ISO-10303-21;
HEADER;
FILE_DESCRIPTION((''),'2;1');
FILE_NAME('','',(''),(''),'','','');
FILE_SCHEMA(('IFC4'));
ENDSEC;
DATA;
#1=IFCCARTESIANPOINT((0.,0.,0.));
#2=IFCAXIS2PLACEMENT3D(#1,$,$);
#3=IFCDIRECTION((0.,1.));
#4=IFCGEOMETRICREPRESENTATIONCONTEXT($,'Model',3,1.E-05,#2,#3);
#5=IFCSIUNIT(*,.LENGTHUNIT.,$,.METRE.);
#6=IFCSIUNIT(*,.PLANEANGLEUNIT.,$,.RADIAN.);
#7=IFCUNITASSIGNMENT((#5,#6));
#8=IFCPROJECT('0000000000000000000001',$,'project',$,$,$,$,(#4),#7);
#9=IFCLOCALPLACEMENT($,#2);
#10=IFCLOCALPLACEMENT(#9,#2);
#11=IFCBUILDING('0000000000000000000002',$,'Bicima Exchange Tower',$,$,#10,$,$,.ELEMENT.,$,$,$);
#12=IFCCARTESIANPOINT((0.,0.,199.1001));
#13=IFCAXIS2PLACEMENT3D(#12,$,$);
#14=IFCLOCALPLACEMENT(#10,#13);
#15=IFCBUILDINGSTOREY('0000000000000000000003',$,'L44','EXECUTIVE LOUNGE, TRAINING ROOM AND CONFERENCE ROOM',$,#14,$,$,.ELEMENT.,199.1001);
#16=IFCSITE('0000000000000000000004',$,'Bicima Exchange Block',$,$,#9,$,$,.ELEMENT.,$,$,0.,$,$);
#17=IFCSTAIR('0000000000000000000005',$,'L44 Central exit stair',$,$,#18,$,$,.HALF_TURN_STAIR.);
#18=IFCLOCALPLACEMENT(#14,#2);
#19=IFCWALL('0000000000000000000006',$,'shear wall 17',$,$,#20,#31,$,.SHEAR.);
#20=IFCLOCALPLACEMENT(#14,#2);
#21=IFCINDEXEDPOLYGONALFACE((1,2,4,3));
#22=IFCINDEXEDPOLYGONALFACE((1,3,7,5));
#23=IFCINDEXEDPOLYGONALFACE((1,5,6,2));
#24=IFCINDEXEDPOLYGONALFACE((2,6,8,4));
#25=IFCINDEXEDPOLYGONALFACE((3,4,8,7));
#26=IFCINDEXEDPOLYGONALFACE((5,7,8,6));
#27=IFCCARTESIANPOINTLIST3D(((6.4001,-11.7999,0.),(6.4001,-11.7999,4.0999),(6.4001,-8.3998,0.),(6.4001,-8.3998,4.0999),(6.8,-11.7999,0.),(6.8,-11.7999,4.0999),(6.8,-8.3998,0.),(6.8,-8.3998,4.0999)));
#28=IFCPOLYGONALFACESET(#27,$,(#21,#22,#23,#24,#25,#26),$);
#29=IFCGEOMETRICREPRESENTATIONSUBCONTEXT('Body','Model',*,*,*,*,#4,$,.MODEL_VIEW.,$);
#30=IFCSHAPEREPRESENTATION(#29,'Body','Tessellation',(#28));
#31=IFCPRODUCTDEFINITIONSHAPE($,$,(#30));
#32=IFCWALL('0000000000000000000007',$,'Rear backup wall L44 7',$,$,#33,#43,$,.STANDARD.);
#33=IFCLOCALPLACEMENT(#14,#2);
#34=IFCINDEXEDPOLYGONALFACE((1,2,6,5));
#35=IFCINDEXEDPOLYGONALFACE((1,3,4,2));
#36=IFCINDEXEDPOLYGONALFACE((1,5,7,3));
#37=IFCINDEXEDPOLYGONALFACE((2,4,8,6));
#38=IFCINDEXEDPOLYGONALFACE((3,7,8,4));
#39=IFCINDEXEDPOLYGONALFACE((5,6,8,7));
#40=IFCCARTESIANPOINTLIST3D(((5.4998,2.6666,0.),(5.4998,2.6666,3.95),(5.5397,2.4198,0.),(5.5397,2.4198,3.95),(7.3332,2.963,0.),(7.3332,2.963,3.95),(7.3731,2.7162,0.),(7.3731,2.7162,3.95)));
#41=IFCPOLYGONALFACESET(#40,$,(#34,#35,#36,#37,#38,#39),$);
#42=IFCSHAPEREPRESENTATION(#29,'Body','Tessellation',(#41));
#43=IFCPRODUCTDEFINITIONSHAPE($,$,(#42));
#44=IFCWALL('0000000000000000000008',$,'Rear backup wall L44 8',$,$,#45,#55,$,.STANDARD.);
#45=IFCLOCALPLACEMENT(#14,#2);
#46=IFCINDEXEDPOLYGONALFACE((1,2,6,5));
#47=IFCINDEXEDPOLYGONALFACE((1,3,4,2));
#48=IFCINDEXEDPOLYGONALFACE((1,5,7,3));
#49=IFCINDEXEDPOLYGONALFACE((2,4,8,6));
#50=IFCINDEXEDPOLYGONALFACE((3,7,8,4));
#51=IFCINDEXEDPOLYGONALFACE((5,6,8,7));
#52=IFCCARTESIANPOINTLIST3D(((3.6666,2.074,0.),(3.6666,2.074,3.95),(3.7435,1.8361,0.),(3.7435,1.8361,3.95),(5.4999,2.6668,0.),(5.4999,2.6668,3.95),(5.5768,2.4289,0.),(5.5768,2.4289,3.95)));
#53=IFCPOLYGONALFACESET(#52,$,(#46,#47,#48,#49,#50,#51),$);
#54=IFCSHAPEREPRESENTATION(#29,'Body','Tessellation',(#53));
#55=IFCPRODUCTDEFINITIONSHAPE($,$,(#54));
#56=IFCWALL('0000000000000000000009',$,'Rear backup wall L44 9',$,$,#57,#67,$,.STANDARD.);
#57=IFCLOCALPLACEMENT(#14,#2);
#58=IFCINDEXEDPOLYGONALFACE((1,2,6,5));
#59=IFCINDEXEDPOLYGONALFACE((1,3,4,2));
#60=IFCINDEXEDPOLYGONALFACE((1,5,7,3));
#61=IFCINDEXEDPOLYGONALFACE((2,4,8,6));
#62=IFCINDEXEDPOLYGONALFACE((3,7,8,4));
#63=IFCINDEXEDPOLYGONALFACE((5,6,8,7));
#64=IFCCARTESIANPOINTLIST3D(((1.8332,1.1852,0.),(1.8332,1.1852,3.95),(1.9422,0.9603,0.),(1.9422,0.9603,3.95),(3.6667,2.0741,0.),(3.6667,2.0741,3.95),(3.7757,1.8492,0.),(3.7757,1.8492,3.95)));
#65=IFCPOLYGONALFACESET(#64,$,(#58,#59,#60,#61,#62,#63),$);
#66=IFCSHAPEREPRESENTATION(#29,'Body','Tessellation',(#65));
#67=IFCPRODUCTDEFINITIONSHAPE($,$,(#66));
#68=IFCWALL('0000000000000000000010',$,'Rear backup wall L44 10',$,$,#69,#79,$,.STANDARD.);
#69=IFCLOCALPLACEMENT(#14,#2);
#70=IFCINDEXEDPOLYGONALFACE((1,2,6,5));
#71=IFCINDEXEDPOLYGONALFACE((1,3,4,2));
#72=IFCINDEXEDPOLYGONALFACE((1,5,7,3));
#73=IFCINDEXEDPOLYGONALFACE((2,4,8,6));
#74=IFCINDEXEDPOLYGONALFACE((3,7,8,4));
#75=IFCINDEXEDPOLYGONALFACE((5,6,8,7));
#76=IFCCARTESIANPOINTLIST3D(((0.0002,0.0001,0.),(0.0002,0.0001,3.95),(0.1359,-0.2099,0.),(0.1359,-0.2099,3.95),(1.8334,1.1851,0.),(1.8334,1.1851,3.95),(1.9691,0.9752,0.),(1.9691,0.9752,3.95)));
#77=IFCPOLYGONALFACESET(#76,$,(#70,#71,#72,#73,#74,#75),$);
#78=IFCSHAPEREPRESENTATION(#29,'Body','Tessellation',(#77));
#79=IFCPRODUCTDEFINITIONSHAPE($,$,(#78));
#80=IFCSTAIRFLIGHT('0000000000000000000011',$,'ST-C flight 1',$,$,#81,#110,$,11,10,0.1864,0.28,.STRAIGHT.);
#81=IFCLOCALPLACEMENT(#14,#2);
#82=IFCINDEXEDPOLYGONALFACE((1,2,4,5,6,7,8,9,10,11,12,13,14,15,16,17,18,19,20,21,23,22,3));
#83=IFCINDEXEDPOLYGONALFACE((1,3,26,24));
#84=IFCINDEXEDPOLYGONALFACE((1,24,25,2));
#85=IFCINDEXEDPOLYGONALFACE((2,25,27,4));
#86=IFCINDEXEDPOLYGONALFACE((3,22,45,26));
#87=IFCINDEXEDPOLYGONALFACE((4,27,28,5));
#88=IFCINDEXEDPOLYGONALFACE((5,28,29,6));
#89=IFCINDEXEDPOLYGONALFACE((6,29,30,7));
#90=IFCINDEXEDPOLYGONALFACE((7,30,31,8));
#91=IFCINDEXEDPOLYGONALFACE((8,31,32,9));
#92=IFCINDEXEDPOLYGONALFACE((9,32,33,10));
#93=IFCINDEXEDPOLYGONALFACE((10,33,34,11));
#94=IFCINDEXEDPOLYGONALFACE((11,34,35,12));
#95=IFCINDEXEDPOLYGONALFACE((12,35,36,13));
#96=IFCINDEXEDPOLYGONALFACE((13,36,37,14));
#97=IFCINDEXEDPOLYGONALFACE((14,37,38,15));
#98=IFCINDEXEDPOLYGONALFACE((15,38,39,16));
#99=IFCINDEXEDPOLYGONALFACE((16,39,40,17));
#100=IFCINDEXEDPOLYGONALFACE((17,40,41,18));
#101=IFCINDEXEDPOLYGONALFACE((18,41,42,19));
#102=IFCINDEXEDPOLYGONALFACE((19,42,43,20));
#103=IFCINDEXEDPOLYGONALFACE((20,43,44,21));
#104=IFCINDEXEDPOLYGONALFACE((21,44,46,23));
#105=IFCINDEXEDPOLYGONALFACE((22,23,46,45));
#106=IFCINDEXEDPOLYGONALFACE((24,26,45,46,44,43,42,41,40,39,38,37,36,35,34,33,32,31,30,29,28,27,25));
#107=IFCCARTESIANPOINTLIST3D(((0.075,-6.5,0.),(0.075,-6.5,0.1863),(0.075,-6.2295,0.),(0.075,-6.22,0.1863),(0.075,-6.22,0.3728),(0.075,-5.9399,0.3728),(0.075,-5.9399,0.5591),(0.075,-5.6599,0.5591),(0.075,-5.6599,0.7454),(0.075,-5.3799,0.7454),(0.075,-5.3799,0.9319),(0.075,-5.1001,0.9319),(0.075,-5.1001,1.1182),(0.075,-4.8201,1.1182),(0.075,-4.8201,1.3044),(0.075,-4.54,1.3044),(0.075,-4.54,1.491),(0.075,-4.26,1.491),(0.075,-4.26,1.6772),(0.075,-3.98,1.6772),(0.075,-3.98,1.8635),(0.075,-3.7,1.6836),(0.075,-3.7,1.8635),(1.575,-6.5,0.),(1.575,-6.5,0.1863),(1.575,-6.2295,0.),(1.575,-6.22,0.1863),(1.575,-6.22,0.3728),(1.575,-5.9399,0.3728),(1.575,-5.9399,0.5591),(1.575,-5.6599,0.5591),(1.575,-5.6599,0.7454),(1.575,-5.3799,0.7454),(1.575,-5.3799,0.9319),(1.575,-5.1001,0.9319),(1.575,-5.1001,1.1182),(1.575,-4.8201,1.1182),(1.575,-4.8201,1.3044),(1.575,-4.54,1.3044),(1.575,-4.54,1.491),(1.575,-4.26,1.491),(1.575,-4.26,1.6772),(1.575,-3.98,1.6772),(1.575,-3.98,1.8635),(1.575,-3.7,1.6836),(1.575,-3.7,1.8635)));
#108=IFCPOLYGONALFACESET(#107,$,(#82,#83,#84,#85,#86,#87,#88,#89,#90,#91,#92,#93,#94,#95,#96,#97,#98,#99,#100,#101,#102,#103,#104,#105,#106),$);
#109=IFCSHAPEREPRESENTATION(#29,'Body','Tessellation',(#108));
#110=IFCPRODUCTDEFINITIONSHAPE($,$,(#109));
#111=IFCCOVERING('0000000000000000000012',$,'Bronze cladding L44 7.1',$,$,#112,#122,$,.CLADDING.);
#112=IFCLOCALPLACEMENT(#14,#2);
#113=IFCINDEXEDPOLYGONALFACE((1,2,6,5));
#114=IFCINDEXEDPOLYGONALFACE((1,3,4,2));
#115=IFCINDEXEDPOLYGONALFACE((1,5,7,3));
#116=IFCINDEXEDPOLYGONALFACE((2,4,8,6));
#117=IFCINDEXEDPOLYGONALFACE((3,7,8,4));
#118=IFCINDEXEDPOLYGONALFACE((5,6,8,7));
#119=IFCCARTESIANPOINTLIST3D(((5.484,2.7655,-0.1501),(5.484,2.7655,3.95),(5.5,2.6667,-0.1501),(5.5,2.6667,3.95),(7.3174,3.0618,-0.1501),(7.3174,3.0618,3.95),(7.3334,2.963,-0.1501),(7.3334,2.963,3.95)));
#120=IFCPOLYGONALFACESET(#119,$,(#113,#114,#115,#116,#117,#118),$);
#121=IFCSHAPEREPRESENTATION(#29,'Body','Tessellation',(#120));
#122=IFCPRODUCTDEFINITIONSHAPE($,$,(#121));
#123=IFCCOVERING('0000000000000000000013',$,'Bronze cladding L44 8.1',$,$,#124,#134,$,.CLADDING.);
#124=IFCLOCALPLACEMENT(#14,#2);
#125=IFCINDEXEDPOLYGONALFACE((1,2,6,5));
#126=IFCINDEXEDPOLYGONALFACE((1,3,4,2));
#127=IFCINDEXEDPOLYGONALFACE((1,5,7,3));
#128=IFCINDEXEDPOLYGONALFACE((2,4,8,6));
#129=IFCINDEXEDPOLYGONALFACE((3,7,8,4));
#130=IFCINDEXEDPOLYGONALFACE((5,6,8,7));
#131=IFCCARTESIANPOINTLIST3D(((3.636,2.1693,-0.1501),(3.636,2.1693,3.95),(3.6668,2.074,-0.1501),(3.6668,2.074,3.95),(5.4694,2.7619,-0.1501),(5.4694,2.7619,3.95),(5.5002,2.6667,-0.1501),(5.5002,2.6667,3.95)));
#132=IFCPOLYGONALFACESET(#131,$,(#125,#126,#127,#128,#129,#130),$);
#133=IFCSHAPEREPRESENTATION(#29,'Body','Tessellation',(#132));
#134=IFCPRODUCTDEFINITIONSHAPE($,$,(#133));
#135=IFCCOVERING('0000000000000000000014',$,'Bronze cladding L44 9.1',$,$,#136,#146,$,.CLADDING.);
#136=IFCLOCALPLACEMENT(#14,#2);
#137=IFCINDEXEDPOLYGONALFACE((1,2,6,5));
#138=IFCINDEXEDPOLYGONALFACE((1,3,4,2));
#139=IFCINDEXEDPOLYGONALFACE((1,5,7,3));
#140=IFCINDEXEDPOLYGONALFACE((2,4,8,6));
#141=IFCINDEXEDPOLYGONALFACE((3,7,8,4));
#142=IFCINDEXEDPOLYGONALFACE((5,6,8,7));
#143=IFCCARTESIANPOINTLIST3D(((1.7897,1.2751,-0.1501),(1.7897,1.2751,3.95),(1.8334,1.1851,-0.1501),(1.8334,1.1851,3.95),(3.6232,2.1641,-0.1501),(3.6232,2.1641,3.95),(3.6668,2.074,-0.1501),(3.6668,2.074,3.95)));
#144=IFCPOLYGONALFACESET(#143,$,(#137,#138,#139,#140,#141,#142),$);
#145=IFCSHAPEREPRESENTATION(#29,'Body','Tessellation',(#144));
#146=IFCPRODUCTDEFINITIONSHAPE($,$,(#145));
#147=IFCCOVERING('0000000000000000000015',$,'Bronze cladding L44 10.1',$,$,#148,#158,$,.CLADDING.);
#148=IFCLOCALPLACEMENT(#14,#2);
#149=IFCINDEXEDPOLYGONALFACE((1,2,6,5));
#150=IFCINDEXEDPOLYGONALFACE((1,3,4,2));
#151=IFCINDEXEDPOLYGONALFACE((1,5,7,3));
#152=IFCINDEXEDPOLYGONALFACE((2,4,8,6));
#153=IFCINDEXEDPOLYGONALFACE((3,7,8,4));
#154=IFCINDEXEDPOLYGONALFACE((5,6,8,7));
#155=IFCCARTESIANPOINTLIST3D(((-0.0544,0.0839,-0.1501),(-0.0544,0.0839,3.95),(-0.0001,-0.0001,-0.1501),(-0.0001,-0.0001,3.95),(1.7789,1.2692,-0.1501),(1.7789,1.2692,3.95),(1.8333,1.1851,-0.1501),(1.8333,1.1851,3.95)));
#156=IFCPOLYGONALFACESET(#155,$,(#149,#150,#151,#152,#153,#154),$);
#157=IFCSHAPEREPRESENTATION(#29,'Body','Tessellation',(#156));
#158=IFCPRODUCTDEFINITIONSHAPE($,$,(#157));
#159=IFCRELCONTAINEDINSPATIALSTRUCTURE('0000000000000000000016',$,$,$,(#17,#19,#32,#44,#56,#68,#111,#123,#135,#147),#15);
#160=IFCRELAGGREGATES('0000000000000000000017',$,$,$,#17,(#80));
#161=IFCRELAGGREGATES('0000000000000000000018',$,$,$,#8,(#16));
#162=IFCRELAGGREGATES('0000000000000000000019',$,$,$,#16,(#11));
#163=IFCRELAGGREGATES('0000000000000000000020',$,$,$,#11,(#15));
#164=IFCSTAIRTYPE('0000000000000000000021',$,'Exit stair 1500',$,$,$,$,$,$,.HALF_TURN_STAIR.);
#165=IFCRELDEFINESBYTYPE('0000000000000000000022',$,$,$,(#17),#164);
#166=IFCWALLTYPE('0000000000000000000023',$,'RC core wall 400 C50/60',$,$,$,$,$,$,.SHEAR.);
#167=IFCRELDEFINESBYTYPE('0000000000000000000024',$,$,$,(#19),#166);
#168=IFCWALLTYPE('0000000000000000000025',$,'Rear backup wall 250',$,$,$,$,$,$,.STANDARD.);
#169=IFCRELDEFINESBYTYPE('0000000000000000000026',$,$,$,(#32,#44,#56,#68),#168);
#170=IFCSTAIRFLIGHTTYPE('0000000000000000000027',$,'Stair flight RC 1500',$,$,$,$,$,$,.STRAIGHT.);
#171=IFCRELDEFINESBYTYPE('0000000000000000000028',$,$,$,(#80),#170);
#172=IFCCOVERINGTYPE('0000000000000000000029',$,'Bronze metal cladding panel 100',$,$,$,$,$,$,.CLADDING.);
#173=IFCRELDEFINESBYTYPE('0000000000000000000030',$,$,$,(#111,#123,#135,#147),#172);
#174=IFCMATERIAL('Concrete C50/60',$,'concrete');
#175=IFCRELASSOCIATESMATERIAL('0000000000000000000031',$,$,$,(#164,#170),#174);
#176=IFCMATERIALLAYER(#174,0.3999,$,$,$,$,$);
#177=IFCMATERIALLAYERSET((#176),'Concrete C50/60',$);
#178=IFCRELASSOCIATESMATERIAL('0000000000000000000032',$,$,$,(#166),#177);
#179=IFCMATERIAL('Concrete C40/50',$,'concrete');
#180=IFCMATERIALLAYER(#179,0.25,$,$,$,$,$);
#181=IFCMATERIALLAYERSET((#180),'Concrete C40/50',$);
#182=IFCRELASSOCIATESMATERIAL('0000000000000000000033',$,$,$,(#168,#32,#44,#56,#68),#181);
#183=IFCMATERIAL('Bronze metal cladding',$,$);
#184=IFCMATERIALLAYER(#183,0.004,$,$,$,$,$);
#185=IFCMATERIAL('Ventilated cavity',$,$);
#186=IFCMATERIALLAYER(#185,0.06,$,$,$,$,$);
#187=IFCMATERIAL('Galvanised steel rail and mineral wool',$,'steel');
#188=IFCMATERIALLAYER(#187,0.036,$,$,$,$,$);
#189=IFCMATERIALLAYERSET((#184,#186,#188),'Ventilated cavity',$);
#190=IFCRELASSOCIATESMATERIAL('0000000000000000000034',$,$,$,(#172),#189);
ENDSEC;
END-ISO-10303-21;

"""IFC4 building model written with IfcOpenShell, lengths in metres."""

from ifc_helpers import new_model, si_unit, direction, frame, frame_2d, origin, origin_2d, place, context, subcontext, project, spatial, polyline, rectangle, outline, extrude, material, layer, layer_set, layer_usage, type_object, element, aggregate, save


model = new_model("IFC4")

# Units and contexts
model_context = context("Model", 3, precision=1e-05, world=origin(), true_north=direction((0.0, 1.0)))
body_context = subcontext(model_context, "Body", "Model", "MODEL_VIEW")
ifc_project = project(units=[si_unit("LENGTHUNIT", "METRE"), si_unit("PLANEANGLEUNIT", "RADIAN")], contexts=[model_context])

# Site, building, storey
site_placement = place(None, origin())
site = spatial("IfcSite", under=ifc_project, at=site_placement, Name="Bicima Exchange Block", CompositionType="ELEMENT", RefElevation=0.0)
building_placement = place(site_placement, origin())
building = spatial("IfcBuilding", under=site, at=building_placement, Name="Bicima Exchange Tower", CompositionType="ELEMENT")
storey_placement = place(building_placement, frame((0.0, 0.0, 199.1001)))
storey = spatial("IfcBuildingStorey", under=building, at=storey_placement, Name="L44", Description="EXECUTIVE LOUNGE, TRAINING ROOM AND CONFERENCE ROOM", CompositionType="ELEMENT", Elevation=199.1001)

# Stair
ifc_material_1 = material(Name="Concrete C50/60", Category="concrete")
stair_type_1 = type_object("IfcStairType", Name="Exit stair 1500", PredefinedType="HALF_TURN_STAIR", material=ifc_material_1)
stair_1_placement = place(storey_placement, origin())
stair_1 = element("IfcStair", 1, at=stair_1_placement, inside=storey, type_object=stair_type_1, Name="L44 Central exit stair", PredefinedType="HALF_TURN_STAIR")

# Shared definitions
ifc_layer_1 = layer(ifc_material_1, 0.3999)
ifc_layer_set_1 = layer_set([ifc_layer_1], Name="Concrete C50/60")
wall_type_1 = type_object("IfcWallType", Name="RC core wall 400 C50/60", PredefinedType="SHEAR", material=ifc_layer_set_1)

# Walls
wall_1_placement = place(storey_placement, frame((6.6001, -11.8, 0.0), z_axis=(0.0, 0.0, 1.0), x_axis=(0.0, 1.0, 0.0)))
element("IfcWall", 2, at=wall_1_placement, inside=storey, type_object=wall_type_1, Name="shear wall 17", PredefinedType="SHEAR", context=body_context, shape_type="SweptSolid", body=[
    extrude(rectangle(XDim=3.4001, YDim=0.3999, at=frame_2d((1.7002, 0.0))), origin(), (0.0, 0.0, 1.0), 4.0999),
])
ifc_material_2 = material(Name="Concrete C40/50", Category="concrete")
ifc_layer_2 = layer(ifc_material_2, 0.25)
ifc_layer_set_2 = layer_set([ifc_layer_2], Name="Concrete C40/50")
ifc_layer_usage = layer_usage(ifc_layer_set_2, "AXIS2", "POSITIVE", -0.125)
wall_type_2 = type_object("IfcWallType", Name="Rear backup wall 250", PredefinedType="STANDARD", material=ifc_layer_set_2)
wall_2_placement = place(storey_placement, frame((7.3533, 2.8396, 0.0), z_axis=(0.0, 0.0, 1.0), x_axis=(-0.987182, -0.1596, 0.0)))
element("IfcWall", 3, at=wall_2_placement, inside=storey, type_object=wall_type_2, material=ifc_layer_usage, Name="Rear backup wall L44 7", PredefinedType="STANDARD", context=body_context, shape_type="SweptSolid", body=[
    extrude(rectangle(XDim=1.8572, YDim=0.25, at=frame_2d((0.9287, 0.0))), origin(), (0.0, 0.0, 1.0), 3.95),
])
wall_3_placement = place(storey_placement, frame((5.5383, 2.5479, 0.0), z_axis=(0.0, 0.0, 1.0), x_axis=(-0.951496, -0.307662, 0.0)))
element("IfcWall", 4, at=wall_3_placement, inside=storey, type_object=wall_type_2, material=ifc_layer_usage, Name="Rear backup wall L44 8", PredefinedType="STANDARD", context=body_context, shape_type="SweptSolid", body=[
    extrude(rectangle(XDim=1.9268, YDim=0.25, at=frame_2d((0.9634, 0.0))), origin(), (0.0, 0.0, 1.0), 3.95),
])
wall_4_placement = place(storey_placement, frame((3.7212, 1.9617, 0.0), z_axis=(0.0, 0.0, 1.0), x_axis=(-0.899824, -0.436253, 0.0)))
element("IfcWall", 5, at=wall_4_placement, inside=storey, type_object=wall_type_2, material=ifc_layer_usage, Name="Rear backup wall L44 9", PredefinedType="STANDARD", context=body_context, shape_type="SweptSolid", body=[
    extrude(rectangle(XDim=2.0376, YDim=0.25, at=frame_2d((1.0188, 0.0))), origin(), (0.0, 0.0, 1.0), 3.95),
])
wall_5_placement = place(storey_placement, frame((1.9011, 1.0801, 0.0), z_axis=(0.0, 0.0, 1.0), x_axis=(-0.839813, -0.542876, 0.0)))
element("IfcWall", 6, at=wall_5_placement, inside=storey, type_object=wall_type_2, material=ifc_layer_usage, Name="Rear backup wall L44 10", PredefinedType="STANDARD", context=body_context, shape_type="SweptSolid", body=[
    extrude(rectangle(XDim=2.1829, YDim=0.25, at=frame_2d((1.0913, 0.0))), origin(), (0.0, 0.0, 1.0), 3.95),
])

# Stair flight
stair_flight_type = type_object("IfcStairFlightType", Name="Stair flight RC 1500", PredefinedType="STRAIGHT", material=ifc_material_1)
stair_flight_placement = place(storey_placement, frame((0.825, -6.5, 0.0), z_axis=(0.0, 0.0, 1.0), x_axis=(0.0, 1.0, 0.0)))
stair_flight = element("IfcStairFlight", 7, at=stair_flight_placement, type_object=stair_flight_type, Name="ST-C flight 1", NumberOfRisers=11, NumberOfTreads=10, PredefinedType="STRAIGHT", RiserHeight=0.1864, TreadLength=0.28, context=body_context, shape_type="SweptSolid", body=[
    extrude(outline(polyline([(0.0, 0.0), (0.0, 0.1863), (0.28, 0.1863), (0.28, 0.3728), (0.5601, 0.3728), (0.5601, 0.5591), (0.8401, 0.5591), (0.8401, 0.7454), (1.1201, 0.7454), (1.1201, 0.9319), (1.3999, 0.9319), (1.3999, 1.1182), (1.6799, 1.1182), (1.6799, 1.3044), (1.96, 1.3044), (1.96, 1.491), (2.24, 1.491), (2.24, 1.6772), (2.52, 1.6772), (2.52, 1.8635), (2.8, 1.8635), (2.8, 2.05), (2.8, 1.6836), (0.2705, 0.0), (0.0, 0.0)])), frame((0.0, 0.75, 0.0), z_axis=(0.0, -1.0, 0.0), x_axis=(1.0, 0.0, 0.0)), (0.0, 0.0, 1.0), 1.5),
])
aggregate(stair_1, [stair_flight])

# Coverings
ifc_material_3 = material(Name="Bronze metal cladding")
ifc_layer_3 = layer(ifc_material_3, 0.004)
ifc_material_4 = material(Name="Ventilated cavity")
ifc_layer_4 = layer(ifc_material_4, 0.06)
ifc_material_5 = material(Name="Galvanised steel rail and mineral wool", Category="steel")
ifc_layer_5 = layer(ifc_material_5, 0.036)
ifc_layer_set_3 = layer_set([ifc_layer_3, ifc_layer_4, ifc_layer_5], Name="Ventilated cavity")
covering_type = type_object("IfcCoveringType", Name="Bronze metal cladding panel 100", PredefinedType="CLADDING", material=ifc_layer_set_3)
covering_1_placement = place(storey_placement, frame((6.4087, 2.8643, -0.1501), z_axis=(0.0, 0.0, 1.0), x_axis=(-0.98719, -0.15955, 0.0)))
element("IfcCovering", 8, at=covering_1_placement, inside=storey, type_object=covering_type, Name="Bronze cladding L44 7.1", PredefinedType="CLADDING", context=body_context, shape_type="SweptSolid", body=[
    extrude(rectangle(XDim=1.8572, YDim=0.1001, at=origin_2d()), origin(), (0.0, 0.0, 1.0), 4.1001),
])
covering_2_placement = place(storey_placement, frame((4.5681, 2.418, -0.1501), z_axis=(0.0, 0.0, 1.0), x_axis=(-0.951525, -0.307573, 0.0)))
element("IfcCovering", 9, at=covering_2_placement, inside=storey, type_object=covering_type, Name="Bronze cladding L44 8.1", PredefinedType="CLADDING", context=body_context, shape_type="SweptSolid", body=[
    extrude(rectangle(XDim=1.9268, YDim=0.1001, at=origin_2d()), origin(), (0.0, 0.0, 1.0), 4.1001),
])
covering_3_placement = place(storey_placement, frame((2.7283, 1.6746, -0.1501), z_axis=(0.0, 0.0, 1.0), x_axis=(-0.899818, -0.436265, 0.0)))
element("IfcCovering", 10, at=covering_3_placement, inside=storey, type_object=covering_type, Name="Bronze cladding L44 9.1", PredefinedType="CLADDING", context=body_context, shape_type="SweptSolid", body=[
    extrude(rectangle(XDim=2.0376, YDim=0.1001, at=origin_2d()), origin(), (0.0, 0.0, 1.0), 4.1001),
])
covering_4_placement = place(storey_placement, frame((0.8894, 0.6345, -0.1501), z_axis=(0.0, 0.0, 1.0), x_axis=(-0.83979, -0.542911, 0.0)))
element("IfcCovering", 11, at=covering_4_placement, inside=storey, type_object=covering_type, Name="Bronze cladding L44 10.1", PredefinedType="CLADDING", context=body_context, shape_type="SweptSolid", body=[
    extrude(rectangle(XDim=2.1831, YDim=0.1001, at=origin_2d()), origin(), (0.0, 0.0, 1.0), 4.1001),
])

save(model, "model.ifc")
